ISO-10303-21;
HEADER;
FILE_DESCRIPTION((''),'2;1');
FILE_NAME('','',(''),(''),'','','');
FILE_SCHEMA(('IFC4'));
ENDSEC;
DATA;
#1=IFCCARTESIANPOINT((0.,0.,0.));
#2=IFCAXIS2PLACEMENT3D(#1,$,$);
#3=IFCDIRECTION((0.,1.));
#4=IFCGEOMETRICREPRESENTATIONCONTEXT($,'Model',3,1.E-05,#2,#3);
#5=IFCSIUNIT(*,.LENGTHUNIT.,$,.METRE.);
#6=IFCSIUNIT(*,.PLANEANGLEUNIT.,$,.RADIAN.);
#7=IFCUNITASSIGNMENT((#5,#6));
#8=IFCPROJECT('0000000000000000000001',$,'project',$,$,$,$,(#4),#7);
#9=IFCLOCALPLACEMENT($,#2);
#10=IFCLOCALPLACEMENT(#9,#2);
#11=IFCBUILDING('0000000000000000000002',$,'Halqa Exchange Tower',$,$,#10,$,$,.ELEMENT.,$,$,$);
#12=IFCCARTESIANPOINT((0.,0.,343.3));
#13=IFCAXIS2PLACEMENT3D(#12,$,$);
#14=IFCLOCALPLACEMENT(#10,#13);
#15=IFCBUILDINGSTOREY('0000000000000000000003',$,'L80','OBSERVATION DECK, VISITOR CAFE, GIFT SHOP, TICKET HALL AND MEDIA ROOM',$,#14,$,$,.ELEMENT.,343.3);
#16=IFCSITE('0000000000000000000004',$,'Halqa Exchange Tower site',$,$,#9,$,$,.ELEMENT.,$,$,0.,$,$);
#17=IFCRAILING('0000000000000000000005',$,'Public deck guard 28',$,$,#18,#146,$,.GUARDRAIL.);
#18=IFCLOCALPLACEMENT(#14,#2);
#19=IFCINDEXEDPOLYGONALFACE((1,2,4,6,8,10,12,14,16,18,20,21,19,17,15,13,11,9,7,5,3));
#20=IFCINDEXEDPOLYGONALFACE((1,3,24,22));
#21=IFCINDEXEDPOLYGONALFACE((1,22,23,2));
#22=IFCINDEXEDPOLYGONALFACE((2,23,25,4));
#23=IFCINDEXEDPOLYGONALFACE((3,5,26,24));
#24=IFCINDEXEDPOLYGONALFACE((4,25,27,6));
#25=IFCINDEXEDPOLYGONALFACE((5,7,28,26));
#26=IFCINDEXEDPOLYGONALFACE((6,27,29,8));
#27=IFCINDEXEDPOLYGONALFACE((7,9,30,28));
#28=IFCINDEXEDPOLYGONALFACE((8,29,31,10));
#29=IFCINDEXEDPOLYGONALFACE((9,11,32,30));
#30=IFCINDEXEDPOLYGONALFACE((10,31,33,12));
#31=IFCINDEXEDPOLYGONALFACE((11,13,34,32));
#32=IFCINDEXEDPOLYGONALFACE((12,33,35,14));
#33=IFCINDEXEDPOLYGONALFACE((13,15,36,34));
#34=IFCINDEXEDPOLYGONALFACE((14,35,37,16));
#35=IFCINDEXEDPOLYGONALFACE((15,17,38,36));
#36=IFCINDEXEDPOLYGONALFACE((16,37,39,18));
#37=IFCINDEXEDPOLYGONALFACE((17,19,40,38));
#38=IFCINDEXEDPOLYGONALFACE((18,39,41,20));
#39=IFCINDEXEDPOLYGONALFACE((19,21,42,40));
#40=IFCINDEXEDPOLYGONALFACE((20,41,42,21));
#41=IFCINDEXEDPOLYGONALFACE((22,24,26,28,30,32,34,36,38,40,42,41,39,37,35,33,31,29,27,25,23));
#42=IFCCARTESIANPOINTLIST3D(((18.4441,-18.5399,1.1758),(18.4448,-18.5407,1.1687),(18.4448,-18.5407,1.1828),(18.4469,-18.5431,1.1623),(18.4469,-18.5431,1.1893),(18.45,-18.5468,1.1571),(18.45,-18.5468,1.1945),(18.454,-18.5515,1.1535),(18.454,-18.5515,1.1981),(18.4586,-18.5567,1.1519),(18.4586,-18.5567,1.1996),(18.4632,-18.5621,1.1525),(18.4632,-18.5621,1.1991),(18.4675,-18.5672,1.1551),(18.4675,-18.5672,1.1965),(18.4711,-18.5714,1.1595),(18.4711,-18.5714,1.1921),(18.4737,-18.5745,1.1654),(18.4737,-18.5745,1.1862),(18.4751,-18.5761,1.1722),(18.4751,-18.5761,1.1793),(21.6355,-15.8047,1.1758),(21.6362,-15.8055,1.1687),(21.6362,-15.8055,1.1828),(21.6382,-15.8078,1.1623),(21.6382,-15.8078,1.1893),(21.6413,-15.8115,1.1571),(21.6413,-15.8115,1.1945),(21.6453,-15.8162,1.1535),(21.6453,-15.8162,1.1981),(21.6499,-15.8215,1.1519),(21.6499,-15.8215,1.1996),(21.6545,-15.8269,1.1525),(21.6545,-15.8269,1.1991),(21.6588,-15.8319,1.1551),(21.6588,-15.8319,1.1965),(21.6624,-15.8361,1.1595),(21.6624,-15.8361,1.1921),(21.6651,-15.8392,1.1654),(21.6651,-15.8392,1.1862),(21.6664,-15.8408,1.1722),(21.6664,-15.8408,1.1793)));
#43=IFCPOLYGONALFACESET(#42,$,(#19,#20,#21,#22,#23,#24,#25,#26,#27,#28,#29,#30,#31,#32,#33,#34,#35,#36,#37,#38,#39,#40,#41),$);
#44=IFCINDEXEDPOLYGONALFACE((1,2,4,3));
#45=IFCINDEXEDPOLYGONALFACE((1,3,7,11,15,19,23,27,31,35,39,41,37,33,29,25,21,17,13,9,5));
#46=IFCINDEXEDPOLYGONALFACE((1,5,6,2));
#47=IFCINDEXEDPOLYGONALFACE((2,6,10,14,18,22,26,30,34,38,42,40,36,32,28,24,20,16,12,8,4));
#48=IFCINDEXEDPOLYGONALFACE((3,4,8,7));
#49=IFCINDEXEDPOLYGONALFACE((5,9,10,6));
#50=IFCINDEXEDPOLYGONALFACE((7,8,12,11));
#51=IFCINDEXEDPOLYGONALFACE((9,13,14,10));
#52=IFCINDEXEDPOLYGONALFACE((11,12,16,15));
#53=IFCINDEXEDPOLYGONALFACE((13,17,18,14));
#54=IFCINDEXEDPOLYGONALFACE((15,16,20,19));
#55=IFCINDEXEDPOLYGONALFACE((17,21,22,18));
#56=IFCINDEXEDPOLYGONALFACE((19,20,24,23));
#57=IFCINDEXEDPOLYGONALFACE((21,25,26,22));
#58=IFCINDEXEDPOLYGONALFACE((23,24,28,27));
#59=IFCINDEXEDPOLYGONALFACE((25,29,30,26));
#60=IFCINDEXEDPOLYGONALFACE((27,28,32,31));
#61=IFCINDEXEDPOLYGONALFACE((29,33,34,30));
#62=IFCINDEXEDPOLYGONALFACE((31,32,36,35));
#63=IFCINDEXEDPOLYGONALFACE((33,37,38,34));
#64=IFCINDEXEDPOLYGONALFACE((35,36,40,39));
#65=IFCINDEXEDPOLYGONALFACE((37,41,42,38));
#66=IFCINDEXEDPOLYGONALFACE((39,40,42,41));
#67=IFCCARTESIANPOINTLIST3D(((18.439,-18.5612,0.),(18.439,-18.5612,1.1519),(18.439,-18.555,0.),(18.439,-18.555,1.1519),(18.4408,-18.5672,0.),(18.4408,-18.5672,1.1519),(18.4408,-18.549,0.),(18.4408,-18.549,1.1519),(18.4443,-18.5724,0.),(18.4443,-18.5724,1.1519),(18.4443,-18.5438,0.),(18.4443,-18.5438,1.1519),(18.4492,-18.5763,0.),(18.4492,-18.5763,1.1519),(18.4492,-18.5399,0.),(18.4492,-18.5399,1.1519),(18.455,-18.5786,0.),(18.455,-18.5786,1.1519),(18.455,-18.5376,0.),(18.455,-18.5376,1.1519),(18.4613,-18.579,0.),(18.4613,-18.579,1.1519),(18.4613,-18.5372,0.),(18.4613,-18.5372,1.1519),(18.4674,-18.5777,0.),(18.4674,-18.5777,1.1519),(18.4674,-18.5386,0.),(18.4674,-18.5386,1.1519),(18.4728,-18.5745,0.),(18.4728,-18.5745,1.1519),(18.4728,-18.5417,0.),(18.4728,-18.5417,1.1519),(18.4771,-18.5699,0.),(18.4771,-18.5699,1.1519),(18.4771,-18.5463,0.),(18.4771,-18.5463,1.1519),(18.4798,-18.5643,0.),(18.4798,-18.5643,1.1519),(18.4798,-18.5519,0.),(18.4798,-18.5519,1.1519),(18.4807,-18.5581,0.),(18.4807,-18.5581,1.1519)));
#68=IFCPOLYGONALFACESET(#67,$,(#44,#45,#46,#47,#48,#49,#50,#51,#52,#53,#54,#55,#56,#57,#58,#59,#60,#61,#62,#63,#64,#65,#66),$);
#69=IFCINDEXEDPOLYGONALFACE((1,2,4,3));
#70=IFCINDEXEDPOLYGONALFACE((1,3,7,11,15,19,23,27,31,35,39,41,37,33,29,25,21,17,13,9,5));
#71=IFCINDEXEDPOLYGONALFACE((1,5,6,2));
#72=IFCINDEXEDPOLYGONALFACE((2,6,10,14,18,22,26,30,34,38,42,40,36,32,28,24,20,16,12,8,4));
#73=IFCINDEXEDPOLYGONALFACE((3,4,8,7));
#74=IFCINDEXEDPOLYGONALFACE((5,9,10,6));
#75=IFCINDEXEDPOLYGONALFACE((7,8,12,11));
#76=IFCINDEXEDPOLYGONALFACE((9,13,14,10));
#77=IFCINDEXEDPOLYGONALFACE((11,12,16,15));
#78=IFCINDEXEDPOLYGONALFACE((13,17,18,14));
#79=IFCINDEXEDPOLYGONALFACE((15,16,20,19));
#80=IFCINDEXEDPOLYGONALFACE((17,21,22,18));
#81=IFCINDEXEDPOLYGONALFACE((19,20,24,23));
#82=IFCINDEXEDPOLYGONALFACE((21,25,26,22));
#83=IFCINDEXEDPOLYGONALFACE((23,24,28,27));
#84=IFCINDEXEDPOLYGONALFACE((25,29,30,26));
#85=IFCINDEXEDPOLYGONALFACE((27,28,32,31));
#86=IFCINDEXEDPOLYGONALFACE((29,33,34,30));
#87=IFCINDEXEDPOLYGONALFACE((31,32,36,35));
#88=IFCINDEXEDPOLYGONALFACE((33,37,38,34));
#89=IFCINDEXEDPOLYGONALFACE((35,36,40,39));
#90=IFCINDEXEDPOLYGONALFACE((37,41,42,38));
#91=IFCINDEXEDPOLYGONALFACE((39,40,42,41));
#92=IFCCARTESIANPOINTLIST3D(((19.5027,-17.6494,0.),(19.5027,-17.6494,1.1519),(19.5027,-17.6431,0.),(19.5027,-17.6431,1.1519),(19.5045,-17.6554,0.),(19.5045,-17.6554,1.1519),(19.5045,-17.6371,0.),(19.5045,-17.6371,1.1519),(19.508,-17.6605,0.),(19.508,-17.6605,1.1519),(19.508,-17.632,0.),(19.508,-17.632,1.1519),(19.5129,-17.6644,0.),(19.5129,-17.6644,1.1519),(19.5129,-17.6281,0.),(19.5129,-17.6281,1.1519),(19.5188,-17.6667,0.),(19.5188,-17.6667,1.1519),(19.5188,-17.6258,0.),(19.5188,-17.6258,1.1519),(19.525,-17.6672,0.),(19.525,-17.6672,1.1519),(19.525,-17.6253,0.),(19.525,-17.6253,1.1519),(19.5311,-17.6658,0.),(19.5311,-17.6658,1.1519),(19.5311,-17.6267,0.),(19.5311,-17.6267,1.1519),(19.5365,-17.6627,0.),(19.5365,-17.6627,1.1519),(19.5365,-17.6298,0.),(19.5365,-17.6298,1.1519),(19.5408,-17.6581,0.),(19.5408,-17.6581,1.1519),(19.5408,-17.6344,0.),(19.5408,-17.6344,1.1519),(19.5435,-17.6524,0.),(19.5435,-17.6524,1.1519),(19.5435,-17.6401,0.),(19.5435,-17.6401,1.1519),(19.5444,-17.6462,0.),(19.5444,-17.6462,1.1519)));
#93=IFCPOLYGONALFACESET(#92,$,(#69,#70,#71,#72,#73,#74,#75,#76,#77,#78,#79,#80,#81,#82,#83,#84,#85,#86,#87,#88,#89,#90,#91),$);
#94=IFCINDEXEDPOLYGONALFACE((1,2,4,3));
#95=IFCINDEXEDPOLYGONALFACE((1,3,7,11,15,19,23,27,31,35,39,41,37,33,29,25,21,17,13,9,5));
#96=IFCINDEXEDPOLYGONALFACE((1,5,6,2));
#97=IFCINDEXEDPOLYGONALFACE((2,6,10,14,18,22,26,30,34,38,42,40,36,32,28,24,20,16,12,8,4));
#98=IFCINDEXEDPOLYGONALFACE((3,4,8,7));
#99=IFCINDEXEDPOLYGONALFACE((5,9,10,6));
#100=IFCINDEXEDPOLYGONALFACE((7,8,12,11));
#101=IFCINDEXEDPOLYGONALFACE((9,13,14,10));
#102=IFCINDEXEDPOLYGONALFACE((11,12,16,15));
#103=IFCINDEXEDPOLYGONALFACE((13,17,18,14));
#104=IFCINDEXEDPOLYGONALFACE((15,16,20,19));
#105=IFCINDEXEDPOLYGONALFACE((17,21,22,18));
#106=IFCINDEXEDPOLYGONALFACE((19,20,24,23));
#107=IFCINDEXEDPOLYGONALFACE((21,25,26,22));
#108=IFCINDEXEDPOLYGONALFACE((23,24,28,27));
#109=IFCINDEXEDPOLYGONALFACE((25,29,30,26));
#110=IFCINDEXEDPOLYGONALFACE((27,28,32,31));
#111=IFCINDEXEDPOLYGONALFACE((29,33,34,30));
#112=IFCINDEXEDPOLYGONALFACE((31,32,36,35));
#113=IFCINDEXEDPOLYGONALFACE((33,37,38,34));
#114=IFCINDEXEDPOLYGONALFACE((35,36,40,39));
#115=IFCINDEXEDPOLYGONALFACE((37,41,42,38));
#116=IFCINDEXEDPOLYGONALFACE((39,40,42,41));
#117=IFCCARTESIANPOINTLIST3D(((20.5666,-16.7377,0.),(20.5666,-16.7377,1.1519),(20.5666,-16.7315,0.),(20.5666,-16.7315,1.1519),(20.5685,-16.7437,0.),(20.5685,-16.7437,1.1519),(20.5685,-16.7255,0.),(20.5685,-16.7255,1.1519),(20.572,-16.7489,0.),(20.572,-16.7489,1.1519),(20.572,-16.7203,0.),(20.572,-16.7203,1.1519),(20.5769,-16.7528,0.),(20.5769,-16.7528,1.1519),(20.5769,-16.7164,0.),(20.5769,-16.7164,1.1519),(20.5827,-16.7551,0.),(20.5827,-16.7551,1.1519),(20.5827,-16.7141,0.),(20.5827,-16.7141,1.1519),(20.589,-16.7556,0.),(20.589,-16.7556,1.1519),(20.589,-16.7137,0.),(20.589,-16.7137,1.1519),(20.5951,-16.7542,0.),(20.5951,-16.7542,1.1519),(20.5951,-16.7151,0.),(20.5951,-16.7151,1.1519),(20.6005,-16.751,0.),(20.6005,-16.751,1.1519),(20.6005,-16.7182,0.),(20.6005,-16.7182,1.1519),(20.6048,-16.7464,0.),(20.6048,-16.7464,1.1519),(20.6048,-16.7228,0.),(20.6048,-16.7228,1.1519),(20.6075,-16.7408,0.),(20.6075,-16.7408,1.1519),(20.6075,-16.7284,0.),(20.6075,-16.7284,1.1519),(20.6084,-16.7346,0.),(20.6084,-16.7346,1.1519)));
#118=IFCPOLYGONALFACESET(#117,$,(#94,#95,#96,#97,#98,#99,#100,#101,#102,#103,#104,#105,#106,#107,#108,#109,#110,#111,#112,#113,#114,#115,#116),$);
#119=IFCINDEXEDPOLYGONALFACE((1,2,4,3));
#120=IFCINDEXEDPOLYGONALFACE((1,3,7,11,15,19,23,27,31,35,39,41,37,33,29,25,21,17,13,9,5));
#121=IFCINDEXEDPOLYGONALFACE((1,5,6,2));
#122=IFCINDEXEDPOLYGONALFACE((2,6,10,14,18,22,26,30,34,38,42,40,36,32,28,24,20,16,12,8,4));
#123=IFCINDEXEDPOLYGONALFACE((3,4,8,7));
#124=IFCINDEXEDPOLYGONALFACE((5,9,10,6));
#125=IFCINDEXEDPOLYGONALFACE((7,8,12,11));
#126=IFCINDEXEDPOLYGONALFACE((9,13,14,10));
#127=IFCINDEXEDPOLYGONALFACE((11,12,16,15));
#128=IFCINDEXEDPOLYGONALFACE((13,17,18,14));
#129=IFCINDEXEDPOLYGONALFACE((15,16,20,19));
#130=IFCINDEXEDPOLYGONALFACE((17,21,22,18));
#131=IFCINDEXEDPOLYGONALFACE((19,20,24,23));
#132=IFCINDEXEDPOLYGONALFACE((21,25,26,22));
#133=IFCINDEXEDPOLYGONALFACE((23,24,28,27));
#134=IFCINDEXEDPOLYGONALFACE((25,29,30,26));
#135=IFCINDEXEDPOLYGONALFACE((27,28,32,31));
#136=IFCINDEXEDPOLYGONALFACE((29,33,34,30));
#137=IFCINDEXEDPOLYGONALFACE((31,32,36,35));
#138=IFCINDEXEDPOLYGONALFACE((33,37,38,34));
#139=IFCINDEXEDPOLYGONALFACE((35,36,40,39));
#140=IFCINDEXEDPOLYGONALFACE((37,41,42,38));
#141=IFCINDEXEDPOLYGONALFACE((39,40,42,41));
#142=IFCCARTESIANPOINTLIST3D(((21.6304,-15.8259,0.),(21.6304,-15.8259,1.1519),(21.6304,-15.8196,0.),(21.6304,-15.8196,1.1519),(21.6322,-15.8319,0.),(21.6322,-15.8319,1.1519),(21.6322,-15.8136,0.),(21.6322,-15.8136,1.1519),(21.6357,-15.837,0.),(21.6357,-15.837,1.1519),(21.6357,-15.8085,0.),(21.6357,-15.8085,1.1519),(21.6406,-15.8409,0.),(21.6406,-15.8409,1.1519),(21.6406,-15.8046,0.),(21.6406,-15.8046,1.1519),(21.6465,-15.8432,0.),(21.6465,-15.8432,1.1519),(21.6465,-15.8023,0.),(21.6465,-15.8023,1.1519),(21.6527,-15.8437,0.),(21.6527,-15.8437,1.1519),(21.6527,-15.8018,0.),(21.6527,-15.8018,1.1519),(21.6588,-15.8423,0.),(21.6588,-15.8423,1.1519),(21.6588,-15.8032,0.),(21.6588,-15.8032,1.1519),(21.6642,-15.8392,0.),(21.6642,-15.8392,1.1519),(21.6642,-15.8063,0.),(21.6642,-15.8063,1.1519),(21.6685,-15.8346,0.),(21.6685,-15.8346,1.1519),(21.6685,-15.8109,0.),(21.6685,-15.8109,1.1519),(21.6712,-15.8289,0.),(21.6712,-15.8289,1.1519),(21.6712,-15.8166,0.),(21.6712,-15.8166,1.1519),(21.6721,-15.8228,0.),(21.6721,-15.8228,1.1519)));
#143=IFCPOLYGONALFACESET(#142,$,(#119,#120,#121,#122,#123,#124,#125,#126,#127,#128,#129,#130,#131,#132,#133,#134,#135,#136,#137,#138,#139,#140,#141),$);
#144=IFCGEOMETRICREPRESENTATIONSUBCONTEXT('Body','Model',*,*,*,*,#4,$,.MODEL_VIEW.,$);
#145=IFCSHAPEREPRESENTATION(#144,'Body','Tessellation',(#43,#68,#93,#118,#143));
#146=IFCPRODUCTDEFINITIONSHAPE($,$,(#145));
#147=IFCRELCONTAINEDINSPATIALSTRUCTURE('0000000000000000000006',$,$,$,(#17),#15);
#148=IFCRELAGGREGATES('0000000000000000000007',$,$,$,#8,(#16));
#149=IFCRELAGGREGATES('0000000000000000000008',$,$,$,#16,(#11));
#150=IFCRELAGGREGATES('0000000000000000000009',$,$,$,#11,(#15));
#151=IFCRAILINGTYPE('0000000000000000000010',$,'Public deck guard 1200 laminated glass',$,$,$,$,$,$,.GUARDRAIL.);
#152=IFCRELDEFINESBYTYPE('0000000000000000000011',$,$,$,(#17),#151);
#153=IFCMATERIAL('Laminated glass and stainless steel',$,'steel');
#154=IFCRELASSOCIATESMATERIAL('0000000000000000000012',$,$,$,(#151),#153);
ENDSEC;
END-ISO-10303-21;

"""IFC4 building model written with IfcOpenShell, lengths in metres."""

from ifc_helpers import new_model, si_unit, direction, frame, origin, origin_2d, place, context, subcontext, project, spatial, circle, extrude, material, type_object, element, save


model = new_model("IFC4")

# Units and contexts
model_context = context("Model", 3, precision=1e-05, world=origin(), true_north=direction((0.0, 1.0)))
body_context = subcontext(model_context, "Body", "Model", "MODEL_VIEW")
ifc_project = project(units=[si_unit("LENGTHUNIT", "METRE"), si_unit("PLANEANGLEUNIT", "RADIAN")], contexts=[model_context])

# Site, building, storey
site_placement = place(None, origin())
site = spatial("IfcSite", under=ifc_project, at=site_placement, Name="Halqa Exchange Tower site", CompositionType="ELEMENT", RefElevation=0.0)
building_placement = place(site_placement, origin())
building = spatial("IfcBuilding", under=site, at=building_placement, Name="Halqa Exchange Tower", CompositionType="ELEMENT")
storey_placement = place(building_placement, frame((0.0, 0.0, 343.3)))
storey = spatial("IfcBuildingStorey", under=building, at=storey_placement, Name="L80", Description="OBSERVATION DECK, VISITOR CAFE, GIFT SHOP, TICKET HALL AND MEDIA ROOM", CompositionType="ELEMENT", Elevation=343.3)

# Railing
ifc_material_1 = material(Name="Laminated glass and stainless steel", Category="steel")
railing_type = type_object("IfcRailingType", Name="Public deck guard 1200 laminated glass", PredefinedType="GUARDRAIL", material=ifc_material_1)
railing_1_placement = place(storey_placement, frame((18.4597, -18.5581, 0.0)))
element("IfcRailing", 1, at=railing_1_placement, inside=storey, type_object=railing_type, Name="Public deck guard 28", PredefinedType="GUARDRAIL", context=body_context, shape_type="SweptSolid", body=[
    extrude(circle(Radius=0.0239, at=origin_2d()), frame((0.0, 0.0, 1.1758), z_axis=(0.759273, 0.650772, 0.0), x_axis=(-0.650772, 0.759273, 0.0)), (0.0, 0.0, 1.0), 4.2031),
    extrude(circle(Radius=0.021, at=origin_2d()), origin(), (0.0, 0.0, 1.0), 1.1519),
    extrude(circle(Radius=0.021, at=origin_2d()), frame((1.0637, 0.9119, 0.0)), (0.0, 0.0, 1.0), 1.1519),
    extrude(circle(Radius=0.021, at=origin_2d()), frame((2.1277, 1.8235, 0.0)), (0.0, 0.0, 1.0), 1.1519),
    extrude(circle(Radius=0.021, at=origin_2d()), frame((3.1914, 2.7354, 0.0)), (0.0, 0.0, 1.0), 1.1519),
])

save(model, "model.ifc")
